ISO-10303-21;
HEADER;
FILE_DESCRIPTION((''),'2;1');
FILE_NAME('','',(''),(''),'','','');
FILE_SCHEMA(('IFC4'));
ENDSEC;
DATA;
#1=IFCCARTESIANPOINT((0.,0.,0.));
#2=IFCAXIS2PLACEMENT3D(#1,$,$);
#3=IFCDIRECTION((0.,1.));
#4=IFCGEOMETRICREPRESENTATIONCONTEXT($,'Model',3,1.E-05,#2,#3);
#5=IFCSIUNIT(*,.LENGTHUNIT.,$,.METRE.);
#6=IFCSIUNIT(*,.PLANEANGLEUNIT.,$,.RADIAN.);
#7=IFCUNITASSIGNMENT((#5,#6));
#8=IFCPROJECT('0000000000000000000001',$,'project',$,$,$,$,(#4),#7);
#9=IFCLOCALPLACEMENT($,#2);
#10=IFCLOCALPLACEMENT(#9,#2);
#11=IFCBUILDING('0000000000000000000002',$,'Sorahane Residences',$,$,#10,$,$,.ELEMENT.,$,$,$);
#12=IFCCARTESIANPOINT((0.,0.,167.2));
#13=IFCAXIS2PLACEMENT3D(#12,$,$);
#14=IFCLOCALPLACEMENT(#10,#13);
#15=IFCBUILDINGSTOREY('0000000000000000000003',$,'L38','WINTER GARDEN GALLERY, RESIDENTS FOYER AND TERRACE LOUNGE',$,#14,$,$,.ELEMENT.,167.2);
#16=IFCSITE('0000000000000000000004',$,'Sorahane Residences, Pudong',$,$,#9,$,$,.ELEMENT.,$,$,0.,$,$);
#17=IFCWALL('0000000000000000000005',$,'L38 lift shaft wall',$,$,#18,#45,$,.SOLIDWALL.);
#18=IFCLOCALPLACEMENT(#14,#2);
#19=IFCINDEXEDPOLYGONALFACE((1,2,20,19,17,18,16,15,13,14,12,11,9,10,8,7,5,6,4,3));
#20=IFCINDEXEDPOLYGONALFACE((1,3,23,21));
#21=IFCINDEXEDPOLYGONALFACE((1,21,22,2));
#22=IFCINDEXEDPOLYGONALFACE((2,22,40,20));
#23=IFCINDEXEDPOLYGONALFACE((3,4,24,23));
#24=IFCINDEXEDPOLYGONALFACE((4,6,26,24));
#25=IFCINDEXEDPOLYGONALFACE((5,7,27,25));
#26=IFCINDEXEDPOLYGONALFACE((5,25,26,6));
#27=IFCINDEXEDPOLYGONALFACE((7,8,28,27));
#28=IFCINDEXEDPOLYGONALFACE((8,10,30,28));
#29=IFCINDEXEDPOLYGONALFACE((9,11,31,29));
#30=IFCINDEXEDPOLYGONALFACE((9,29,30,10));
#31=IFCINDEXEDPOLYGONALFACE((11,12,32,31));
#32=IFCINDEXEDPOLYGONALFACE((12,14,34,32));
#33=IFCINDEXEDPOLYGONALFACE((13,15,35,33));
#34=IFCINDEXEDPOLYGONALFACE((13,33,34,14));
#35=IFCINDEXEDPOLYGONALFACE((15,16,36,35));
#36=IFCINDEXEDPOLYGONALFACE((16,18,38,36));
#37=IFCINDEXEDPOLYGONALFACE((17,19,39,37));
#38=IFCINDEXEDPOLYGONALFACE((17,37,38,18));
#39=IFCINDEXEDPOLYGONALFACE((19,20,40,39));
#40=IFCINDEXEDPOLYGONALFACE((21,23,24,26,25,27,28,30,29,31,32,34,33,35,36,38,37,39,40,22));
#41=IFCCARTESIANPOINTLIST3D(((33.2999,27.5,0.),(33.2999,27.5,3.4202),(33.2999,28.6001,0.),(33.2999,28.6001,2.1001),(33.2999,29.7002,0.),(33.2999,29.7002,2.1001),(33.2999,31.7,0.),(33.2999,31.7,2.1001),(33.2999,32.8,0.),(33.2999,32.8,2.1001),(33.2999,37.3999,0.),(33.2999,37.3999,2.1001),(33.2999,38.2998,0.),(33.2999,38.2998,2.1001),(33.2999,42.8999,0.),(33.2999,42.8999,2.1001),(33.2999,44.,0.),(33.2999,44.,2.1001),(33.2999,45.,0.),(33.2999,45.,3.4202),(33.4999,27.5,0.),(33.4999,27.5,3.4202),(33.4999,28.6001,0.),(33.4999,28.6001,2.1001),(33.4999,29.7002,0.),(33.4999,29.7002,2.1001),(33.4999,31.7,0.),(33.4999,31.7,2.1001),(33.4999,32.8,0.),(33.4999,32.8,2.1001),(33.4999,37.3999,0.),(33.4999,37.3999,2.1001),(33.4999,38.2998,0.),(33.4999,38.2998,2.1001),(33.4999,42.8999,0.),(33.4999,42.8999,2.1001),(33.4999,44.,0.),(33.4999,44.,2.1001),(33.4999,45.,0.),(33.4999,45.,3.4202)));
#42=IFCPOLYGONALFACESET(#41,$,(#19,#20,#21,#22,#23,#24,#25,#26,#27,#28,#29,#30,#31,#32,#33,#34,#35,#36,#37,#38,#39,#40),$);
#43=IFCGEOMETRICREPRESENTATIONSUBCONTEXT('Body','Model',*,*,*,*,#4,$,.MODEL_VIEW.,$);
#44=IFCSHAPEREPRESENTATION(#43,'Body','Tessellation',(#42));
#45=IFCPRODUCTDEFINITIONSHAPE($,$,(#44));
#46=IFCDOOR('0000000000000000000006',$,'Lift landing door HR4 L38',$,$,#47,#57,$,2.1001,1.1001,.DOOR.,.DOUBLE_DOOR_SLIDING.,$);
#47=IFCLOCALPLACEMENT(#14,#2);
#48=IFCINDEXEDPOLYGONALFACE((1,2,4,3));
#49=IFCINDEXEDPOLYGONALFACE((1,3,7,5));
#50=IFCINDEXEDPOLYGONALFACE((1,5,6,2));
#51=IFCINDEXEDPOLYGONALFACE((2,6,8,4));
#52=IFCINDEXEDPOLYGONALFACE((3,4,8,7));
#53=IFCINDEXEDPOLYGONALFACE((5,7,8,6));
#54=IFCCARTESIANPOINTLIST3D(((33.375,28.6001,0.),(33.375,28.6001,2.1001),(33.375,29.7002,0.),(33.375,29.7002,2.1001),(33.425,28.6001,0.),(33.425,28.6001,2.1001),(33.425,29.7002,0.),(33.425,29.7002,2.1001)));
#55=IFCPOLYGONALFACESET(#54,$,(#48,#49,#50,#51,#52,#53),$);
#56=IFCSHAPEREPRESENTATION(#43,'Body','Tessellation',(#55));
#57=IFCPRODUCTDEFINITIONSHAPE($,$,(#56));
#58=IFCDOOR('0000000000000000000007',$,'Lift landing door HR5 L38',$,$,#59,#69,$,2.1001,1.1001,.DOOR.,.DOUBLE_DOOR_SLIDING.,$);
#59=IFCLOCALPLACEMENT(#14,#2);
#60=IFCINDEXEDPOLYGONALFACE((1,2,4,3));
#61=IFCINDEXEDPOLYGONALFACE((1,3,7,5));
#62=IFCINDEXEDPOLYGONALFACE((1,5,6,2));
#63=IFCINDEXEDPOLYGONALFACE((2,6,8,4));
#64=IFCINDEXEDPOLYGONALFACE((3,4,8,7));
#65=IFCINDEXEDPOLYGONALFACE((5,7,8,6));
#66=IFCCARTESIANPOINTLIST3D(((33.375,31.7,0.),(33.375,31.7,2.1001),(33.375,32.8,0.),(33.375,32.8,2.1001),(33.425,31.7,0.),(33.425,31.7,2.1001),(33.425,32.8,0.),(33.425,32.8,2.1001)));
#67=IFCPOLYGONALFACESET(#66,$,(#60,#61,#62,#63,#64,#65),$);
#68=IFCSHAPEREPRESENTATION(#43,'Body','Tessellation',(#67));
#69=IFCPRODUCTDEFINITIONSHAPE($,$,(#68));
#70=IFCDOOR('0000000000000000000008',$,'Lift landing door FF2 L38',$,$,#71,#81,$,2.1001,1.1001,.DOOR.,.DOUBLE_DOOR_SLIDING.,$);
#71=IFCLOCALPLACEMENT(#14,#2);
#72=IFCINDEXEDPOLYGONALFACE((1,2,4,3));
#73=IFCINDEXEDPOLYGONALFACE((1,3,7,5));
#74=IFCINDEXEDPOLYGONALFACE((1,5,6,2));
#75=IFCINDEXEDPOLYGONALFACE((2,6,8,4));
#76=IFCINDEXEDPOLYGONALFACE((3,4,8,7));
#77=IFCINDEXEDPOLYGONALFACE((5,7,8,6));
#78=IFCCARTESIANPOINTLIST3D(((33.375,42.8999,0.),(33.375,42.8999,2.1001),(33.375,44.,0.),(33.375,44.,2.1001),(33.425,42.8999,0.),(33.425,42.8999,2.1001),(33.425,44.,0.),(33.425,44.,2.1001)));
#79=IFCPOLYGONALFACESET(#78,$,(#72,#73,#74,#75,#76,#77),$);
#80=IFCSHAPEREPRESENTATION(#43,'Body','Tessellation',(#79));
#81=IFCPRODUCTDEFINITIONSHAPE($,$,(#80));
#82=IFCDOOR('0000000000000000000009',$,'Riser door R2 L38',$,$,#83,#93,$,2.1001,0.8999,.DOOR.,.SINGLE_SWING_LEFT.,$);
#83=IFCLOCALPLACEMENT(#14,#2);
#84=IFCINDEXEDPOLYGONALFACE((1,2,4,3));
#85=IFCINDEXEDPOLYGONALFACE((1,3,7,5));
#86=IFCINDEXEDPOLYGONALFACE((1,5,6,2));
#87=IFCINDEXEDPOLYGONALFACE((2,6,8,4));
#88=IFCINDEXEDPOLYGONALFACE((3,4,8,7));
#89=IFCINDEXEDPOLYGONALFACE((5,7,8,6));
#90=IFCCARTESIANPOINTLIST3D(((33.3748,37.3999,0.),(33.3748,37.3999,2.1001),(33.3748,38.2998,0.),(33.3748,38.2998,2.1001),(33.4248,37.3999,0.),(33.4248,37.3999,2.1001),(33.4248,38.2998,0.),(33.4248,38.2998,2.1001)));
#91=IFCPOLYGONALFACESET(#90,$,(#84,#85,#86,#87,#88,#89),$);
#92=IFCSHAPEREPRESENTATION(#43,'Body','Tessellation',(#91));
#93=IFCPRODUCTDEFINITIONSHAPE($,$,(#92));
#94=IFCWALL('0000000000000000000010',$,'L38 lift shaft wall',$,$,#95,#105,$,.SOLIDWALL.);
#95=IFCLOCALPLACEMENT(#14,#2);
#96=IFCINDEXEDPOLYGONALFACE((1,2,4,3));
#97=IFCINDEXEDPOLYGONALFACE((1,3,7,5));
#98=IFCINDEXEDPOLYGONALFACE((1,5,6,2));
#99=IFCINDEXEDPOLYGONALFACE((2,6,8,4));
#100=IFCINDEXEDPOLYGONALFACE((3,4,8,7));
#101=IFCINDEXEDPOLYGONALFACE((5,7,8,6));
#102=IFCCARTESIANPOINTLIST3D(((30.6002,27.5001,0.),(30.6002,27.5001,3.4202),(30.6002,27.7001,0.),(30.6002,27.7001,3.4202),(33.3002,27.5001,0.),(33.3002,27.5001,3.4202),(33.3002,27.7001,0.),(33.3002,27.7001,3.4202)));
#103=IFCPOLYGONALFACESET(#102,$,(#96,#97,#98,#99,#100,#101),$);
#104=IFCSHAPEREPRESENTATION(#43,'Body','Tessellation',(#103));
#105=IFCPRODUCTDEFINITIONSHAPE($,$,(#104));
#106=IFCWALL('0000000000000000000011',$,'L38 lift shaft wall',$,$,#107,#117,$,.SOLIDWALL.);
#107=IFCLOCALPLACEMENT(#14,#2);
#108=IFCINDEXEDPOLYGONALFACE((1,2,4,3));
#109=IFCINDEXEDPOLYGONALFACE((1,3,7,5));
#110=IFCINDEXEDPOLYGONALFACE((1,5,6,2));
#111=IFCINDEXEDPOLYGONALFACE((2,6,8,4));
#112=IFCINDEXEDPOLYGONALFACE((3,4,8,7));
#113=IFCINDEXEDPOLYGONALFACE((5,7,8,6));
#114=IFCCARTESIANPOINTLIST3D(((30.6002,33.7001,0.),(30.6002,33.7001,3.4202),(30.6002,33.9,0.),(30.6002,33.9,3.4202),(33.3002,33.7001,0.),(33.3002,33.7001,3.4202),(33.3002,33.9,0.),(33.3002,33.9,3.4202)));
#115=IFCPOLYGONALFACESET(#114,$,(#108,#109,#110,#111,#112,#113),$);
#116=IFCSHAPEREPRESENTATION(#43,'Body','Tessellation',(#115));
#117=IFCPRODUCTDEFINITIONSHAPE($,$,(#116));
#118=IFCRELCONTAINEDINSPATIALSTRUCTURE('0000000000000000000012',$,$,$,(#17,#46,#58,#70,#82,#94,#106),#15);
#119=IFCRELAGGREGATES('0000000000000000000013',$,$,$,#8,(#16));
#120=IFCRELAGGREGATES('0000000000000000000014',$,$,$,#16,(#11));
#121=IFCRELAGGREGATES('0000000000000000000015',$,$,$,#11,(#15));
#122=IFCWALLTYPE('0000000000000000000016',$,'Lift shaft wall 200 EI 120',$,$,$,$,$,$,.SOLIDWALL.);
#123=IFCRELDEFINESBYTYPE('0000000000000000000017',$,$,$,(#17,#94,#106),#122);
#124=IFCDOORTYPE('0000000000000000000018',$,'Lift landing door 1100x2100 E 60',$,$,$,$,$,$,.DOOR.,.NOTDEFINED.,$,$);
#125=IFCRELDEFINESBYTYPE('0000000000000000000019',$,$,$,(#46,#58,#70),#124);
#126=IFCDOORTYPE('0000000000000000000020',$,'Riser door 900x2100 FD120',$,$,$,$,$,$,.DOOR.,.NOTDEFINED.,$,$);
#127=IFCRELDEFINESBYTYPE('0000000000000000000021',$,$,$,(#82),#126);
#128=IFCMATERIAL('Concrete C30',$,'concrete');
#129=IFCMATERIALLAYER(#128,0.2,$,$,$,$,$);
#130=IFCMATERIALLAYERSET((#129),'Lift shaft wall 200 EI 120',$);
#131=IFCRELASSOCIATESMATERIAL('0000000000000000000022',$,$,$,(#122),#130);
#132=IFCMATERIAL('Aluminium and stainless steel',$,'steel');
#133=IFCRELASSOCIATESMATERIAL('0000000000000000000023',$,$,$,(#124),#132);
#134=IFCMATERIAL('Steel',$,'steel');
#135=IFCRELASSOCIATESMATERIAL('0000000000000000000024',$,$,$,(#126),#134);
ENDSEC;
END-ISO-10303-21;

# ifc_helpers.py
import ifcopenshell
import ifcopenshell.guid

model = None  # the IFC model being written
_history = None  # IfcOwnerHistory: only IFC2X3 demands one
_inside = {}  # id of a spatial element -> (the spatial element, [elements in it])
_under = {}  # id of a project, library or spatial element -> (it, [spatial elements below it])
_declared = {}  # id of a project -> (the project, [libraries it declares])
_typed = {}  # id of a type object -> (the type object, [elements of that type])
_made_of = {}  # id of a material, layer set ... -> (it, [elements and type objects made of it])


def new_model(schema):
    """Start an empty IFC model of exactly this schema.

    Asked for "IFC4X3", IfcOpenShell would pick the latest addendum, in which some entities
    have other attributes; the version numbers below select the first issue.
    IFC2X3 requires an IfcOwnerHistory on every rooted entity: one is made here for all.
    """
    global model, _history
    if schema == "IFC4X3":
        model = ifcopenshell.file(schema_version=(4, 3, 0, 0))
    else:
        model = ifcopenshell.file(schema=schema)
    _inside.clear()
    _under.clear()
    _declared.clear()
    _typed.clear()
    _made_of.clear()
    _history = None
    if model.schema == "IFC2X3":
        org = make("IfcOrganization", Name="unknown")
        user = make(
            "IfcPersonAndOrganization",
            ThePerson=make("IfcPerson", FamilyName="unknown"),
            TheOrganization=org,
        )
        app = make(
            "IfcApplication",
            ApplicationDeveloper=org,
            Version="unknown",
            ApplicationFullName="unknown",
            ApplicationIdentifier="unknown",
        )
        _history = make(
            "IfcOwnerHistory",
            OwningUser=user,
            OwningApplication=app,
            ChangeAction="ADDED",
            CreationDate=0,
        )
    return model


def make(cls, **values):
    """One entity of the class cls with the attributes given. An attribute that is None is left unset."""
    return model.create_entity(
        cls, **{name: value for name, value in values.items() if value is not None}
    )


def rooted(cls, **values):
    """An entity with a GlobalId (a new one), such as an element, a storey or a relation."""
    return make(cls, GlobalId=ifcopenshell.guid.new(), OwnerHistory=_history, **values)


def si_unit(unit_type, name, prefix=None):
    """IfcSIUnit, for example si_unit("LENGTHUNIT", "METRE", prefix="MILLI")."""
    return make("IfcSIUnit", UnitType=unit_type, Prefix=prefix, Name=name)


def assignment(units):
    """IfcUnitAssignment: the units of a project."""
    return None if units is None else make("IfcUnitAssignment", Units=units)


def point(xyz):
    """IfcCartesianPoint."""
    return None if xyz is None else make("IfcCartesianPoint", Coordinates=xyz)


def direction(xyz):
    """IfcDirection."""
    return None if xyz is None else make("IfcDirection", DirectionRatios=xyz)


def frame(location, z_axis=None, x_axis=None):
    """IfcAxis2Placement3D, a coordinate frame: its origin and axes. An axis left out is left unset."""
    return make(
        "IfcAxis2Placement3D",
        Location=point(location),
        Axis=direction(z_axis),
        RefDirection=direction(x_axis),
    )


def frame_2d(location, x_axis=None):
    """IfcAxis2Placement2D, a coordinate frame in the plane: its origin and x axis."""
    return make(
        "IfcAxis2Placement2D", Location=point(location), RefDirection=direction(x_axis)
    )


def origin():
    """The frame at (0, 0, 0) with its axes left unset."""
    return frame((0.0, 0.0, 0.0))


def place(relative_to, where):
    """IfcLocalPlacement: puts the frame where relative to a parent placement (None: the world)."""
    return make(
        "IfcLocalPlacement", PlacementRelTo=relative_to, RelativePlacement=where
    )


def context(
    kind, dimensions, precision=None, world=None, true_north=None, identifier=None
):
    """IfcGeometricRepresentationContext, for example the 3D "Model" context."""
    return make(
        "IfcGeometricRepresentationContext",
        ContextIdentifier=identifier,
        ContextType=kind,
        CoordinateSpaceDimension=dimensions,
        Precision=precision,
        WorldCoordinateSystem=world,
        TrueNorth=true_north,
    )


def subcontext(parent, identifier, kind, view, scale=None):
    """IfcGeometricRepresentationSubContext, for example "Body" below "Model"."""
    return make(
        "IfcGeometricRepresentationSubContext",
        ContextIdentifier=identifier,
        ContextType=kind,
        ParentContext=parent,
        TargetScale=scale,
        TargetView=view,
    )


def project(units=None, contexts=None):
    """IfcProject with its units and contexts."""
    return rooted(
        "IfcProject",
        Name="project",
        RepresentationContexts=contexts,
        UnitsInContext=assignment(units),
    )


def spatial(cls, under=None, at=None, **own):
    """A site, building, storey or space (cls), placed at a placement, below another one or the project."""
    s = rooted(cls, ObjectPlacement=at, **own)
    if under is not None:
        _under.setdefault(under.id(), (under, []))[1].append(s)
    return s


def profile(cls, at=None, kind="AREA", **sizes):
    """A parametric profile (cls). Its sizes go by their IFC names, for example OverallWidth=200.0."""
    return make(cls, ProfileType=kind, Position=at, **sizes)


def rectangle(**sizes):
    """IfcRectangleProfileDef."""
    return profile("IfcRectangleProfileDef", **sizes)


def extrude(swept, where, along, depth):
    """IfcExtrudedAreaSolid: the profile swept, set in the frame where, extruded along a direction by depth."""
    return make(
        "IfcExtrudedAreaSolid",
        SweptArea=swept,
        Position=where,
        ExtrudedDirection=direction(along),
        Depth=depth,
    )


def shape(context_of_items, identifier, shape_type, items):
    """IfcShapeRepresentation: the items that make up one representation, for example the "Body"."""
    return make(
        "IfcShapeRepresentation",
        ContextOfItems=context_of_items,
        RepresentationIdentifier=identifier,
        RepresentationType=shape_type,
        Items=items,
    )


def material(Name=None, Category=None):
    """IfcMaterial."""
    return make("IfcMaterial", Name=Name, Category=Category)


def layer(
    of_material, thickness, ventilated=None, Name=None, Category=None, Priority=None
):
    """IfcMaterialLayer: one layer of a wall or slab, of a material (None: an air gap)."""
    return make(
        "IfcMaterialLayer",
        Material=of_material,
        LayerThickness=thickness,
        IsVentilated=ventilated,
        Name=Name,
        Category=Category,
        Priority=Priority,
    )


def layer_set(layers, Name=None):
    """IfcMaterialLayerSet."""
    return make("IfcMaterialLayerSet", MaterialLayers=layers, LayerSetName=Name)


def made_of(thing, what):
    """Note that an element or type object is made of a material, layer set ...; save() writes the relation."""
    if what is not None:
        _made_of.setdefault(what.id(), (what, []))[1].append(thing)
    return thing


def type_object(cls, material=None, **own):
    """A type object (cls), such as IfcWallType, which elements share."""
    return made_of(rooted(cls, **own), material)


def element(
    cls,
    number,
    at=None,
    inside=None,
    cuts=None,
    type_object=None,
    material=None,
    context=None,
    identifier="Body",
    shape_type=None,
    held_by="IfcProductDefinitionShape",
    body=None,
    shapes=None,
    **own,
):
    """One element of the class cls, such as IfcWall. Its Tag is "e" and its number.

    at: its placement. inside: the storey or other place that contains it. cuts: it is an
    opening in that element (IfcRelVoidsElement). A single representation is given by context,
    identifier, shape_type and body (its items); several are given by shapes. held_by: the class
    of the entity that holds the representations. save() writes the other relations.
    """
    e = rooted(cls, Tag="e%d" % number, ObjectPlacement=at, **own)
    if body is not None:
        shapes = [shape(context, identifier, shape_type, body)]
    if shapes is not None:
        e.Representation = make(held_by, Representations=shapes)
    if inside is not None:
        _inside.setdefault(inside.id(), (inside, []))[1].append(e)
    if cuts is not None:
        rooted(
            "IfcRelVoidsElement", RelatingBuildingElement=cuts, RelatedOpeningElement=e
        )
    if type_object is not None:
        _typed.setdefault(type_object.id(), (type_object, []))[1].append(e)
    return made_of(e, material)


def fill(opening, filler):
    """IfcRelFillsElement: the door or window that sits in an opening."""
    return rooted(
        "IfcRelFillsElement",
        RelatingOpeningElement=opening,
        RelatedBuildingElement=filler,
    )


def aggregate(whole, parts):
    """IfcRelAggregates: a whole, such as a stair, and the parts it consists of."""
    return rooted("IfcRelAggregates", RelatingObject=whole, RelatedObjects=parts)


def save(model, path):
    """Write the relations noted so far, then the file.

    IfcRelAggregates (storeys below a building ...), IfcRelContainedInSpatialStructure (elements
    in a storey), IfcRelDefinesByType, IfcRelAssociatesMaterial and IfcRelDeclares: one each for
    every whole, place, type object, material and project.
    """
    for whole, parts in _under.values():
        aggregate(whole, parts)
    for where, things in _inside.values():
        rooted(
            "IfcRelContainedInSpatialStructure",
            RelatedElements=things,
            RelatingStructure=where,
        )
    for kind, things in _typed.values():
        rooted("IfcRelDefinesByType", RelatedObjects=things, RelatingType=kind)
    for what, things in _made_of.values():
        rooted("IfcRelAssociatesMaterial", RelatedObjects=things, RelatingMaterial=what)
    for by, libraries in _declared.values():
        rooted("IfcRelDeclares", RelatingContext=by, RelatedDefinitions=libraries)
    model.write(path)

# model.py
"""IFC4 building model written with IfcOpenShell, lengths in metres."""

from ifc_helpers import new_model, si_unit, direction, frame, frame_2d, origin, place, context, subcontext, project, spatial, rectangle, extrude, material, layer, layer_set, type_object, element, fill, save


model = new_model("IFC4")

# Units and contexts
model_context = context("Model", 3, precision=1e-05, world=origin(), true_north=direction((0.0, 1.0)))
body_context = subcontext(model_context, "Body", "Model", "MODEL_VIEW")
ifc_project = project(units=[si_unit("LENGTHUNIT", "METRE"), si_unit("PLANEANGLEUNIT", "RADIAN")], contexts=[model_context])

# Site, building, storey
site_placement = place(None, origin())
site = spatial("IfcSite", under=ifc_project, at=site_placement, Name="Sorahane Residences, Pudong", CompositionType="ELEMENT", RefElevation=0.0)
building_placement = place(site_placement, origin())
building = spatial("IfcBuilding", under=site, at=building_placement, Name="Sorahane Residences", CompositionType="ELEMENT")
storey_placement = place(building_placement, frame((0.0, 0.0, 167.2)))
storey = spatial("IfcBuildingStorey", under=building, at=storey_placement, Name="L38", Description="WINTER GARDEN GALLERY, RESIDENTS FOYER AND TERRACE LOUNGE", CompositionType="ELEMENT", Elevation=167.2)

# Wall, openings, doors
ifc_material_1 = material(Name="Concrete C30", Category="concrete")
ifc_layer_1 = layer(ifc_material_1, 0.2)
ifc_layer_set_1 = layer_set([ifc_layer_1], Name="Lift shaft wall 200 EI 120")
wall_type_1 = type_object("IfcWallType", Name="Lift shaft wall 200 EI 120", PredefinedType="SOLIDWALL", material=ifc_layer_set_1)
wall_1_placement = place(storey_placement, frame((33.3999, 27.5, 0.0), z_axis=(0.0, 0.0, 1.0), x_axis=(0.0, 1.0, 0.0)))
wall_1 = element("IfcWall", 1, at=wall_1_placement, inside=storey, type_object=wall_type_1, Name="L38 lift shaft wall", PredefinedType="SOLIDWALL", context=body_context, shape_type="SweptSolid", body=[
    extrude(rectangle(XDim=17.5, YDim=0.2, at=frame_2d((8.75, 0.0))), origin(), (0.0, 0.0, 1.0), 3.4202),
])
opening_1_placement = place(wall_1_placement, frame((1.1001, 0.0, 0.0)))
opening_1 = element("IfcOpeningElement", 2, at=opening_1_placement, cuts=wall_1, PredefinedType="OPENING", context=body_context, shape_type="SweptSolid", body=[
    extrude(rectangle(XDim=1.1001, YDim=2.1001, at=frame_2d((0.55, 1.05))), frame((0.0, 0.1099, 0.0), z_axis=(0.0, -1.0, 0.0), x_axis=(1.0, 0.0, 0.0)), (0.0, 0.0, 1.0), 0.22),
])
opening_2_placement = place(wall_1_placement, frame((4.2, 0.0, 0.0)))
opening_2 = element("IfcOpeningElement", 3, at=opening_2_placement, cuts=wall_1, PredefinedType="OPENING", context=body_context, shape_type="SweptSolid", body=[
    extrude(rectangle(XDim=1.1001, YDim=2.1001, at=frame_2d((0.55, 1.05))), frame((0.0, 0.1099, 0.0), z_axis=(0.0, -1.0, 0.0), x_axis=(1.0, 0.0, 0.0)), (0.0, 0.0, 1.0), 0.22),
])
opening_3_placement = place(wall_1_placement, frame((15.3999, 0.0, 0.0)))
opening_3 = element("IfcOpeningElement", 4, at=opening_3_placement, cuts=wall_1, PredefinedType="OPENING", context=body_context, shape_type="SweptSolid", body=[
    extrude(rectangle(XDim=1.1001, YDim=2.1001, at=frame_2d((0.55, 1.05))), frame((0.0, 0.1099, 0.0), z_axis=(0.0, -1.0, 0.0), x_axis=(1.0, 0.0, 0.0)), (0.0, 0.0, 1.0), 0.22),
])
opening_4_placement = place(wall_1_placement, frame((9.8999, 0.0, 0.0)))
opening_4 = element("IfcOpeningElement", 5, at=opening_4_placement, cuts=wall_1, PredefinedType="OPENING", context=body_context, shape_type="SweptSolid", body=[
    extrude(rectangle(XDim=0.8999, YDim=2.1001, at=frame_2d((0.45, 1.05))), frame((0.0, 0.1099, 0.0), z_axis=(0.0, -1.0, 0.0), x_axis=(1.0, 0.0, 0.0)), (0.0, 0.0, 1.0), 0.22),
])
ifc_material_2 = material(Name="Aluminium and stainless steel", Category="steel")
door_type_1 = type_object("IfcDoorType", Name="Lift landing door 1100x2100 E 60", OperationType="NOTDEFINED", PredefinedType="DOOR", material=ifc_material_2)
door_1_placement = place(opening_1_placement, origin())
door_1 = element("IfcDoor", 6, at=door_1_placement, inside=storey, type_object=door_type_1, Name="Lift landing door HR4 L38", OperationType="DOUBLE_DOOR_SLIDING", OverallHeight=2.1001, OverallWidth=1.1001, PredefinedType="DOOR", context=body_context, shape_type="SweptSolid", body=[
    extrude(rectangle(XDim=1.1001, YDim=2.1001, at=frame_2d((0.55, 1.05))), frame((0.0, 0.0249, 0.0), z_axis=(0.0, -1.0, 0.0), x_axis=(1.0, 0.0, 0.0)), (0.0, 0.0, 1.0), 0.05),
])
fill(opening_1, door_1)
door_2_placement = place(opening_2_placement, origin())
door_2 = element("IfcDoor", 7, at=door_2_placement, inside=storey, type_object=door_type_1, Name="Lift landing door HR5 L38", OperationType="DOUBLE_DOOR_SLIDING", OverallHeight=2.1001, OverallWidth=1.1001, PredefinedType="DOOR", context=body_context, shape_type="SweptSolid", body=[
    extrude(rectangle(XDim=1.1001, YDim=2.1001, at=frame_2d((0.55, 1.05))), frame((0.0, 0.0249, 0.0), z_axis=(0.0, -1.0, 0.0), x_axis=(1.0, 0.0, 0.0)), (0.0, 0.0, 1.0), 0.05),
])
fill(opening_2, door_2)
door_3_placement = place(opening_3_placement, origin())
door_3 = element("IfcDoor", 8, at=door_3_placement, inside=storey, type_object=door_type_1, Name="Lift landing door FF2 L38", OperationType="DOUBLE_DOOR_SLIDING", OverallHeight=2.1001, OverallWidth=1.1001, PredefinedType="DOOR", context=body_context, shape_type="SweptSolid", body=[
    extrude(rectangle(XDim=1.1001, YDim=2.1001, at=frame_2d((0.55, 1.05))), frame((0.0, 0.0249, 0.0), z_axis=(0.0, -1.0, 0.0), x_axis=(1.0, 0.0, 0.0)), (0.0, 0.0, 1.0), 0.05),
])
fill(opening_3, door_3)
ifc_material_3 = material(Name="Steel", Category="steel")
door_type_2 = type_object("IfcDoorType", Name="Riser door 900x2100 FD120", OperationType="NOTDEFINED", PredefinedType="DOOR", material=ifc_material_3)
door_4_placement = place(opening_4_placement, frame((0.8999, 0.0, 0.0), z_axis=(0.0, 0.0, 1.0), x_axis=(-1.0, 0.0, 0.0)))
door_4 = element("IfcDoor", 9, at=door_4_placement, inside=storey, type_object=door_type_2, Name="Riser door R2 L38", OperationType="SINGLE_SWING_LEFT", OverallHeight=2.1001, OverallWidth=0.8999, PredefinedType="DOOR", context=body_context, shape_type="SweptSolid", body=[
    extrude(rectangle(XDim=0.8999, YDim=2.1001, at=frame_2d((0.45, 1.05))), frame((0.0, 0.0249, 0.0), z_axis=(0.0, -1.0, 0.0), x_axis=(1.0, 0.0, 0.0)), (0.0, 0.0, 1.0), 0.05),
])
fill(opening_4, door_4)

# Walls
for number, where, z_axis, x_axis, name in (
    (10, (30.6001, 27.6001, 0.0), (0.0, 0.0, 1.0), (1.0, 0.0, 0.0), "L38 lift shaft wall"),
    (11, (30.6001, 33.8, 0.0), (0.0, 0.0, 1.0), (1.0, 0.0, 0.0), "L38 lift shaft wall"),
):
    element("IfcWall", number, at=place(storey_placement, frame(where, z_axis=z_axis, x_axis=x_axis)), inside=storey, type_object=wall_type_1, Name=name, PredefinedType="SOLIDWALL", context=body_context, shape_type="SweptSolid", body=[
        extrude(rectangle(XDim=2.7, YDim=0.2, at=frame_2d((1.3501, 0.0))), origin(), (0.0, 0.0, 1.0), 3.4202),
    ])

save(model, "model.ifc")
